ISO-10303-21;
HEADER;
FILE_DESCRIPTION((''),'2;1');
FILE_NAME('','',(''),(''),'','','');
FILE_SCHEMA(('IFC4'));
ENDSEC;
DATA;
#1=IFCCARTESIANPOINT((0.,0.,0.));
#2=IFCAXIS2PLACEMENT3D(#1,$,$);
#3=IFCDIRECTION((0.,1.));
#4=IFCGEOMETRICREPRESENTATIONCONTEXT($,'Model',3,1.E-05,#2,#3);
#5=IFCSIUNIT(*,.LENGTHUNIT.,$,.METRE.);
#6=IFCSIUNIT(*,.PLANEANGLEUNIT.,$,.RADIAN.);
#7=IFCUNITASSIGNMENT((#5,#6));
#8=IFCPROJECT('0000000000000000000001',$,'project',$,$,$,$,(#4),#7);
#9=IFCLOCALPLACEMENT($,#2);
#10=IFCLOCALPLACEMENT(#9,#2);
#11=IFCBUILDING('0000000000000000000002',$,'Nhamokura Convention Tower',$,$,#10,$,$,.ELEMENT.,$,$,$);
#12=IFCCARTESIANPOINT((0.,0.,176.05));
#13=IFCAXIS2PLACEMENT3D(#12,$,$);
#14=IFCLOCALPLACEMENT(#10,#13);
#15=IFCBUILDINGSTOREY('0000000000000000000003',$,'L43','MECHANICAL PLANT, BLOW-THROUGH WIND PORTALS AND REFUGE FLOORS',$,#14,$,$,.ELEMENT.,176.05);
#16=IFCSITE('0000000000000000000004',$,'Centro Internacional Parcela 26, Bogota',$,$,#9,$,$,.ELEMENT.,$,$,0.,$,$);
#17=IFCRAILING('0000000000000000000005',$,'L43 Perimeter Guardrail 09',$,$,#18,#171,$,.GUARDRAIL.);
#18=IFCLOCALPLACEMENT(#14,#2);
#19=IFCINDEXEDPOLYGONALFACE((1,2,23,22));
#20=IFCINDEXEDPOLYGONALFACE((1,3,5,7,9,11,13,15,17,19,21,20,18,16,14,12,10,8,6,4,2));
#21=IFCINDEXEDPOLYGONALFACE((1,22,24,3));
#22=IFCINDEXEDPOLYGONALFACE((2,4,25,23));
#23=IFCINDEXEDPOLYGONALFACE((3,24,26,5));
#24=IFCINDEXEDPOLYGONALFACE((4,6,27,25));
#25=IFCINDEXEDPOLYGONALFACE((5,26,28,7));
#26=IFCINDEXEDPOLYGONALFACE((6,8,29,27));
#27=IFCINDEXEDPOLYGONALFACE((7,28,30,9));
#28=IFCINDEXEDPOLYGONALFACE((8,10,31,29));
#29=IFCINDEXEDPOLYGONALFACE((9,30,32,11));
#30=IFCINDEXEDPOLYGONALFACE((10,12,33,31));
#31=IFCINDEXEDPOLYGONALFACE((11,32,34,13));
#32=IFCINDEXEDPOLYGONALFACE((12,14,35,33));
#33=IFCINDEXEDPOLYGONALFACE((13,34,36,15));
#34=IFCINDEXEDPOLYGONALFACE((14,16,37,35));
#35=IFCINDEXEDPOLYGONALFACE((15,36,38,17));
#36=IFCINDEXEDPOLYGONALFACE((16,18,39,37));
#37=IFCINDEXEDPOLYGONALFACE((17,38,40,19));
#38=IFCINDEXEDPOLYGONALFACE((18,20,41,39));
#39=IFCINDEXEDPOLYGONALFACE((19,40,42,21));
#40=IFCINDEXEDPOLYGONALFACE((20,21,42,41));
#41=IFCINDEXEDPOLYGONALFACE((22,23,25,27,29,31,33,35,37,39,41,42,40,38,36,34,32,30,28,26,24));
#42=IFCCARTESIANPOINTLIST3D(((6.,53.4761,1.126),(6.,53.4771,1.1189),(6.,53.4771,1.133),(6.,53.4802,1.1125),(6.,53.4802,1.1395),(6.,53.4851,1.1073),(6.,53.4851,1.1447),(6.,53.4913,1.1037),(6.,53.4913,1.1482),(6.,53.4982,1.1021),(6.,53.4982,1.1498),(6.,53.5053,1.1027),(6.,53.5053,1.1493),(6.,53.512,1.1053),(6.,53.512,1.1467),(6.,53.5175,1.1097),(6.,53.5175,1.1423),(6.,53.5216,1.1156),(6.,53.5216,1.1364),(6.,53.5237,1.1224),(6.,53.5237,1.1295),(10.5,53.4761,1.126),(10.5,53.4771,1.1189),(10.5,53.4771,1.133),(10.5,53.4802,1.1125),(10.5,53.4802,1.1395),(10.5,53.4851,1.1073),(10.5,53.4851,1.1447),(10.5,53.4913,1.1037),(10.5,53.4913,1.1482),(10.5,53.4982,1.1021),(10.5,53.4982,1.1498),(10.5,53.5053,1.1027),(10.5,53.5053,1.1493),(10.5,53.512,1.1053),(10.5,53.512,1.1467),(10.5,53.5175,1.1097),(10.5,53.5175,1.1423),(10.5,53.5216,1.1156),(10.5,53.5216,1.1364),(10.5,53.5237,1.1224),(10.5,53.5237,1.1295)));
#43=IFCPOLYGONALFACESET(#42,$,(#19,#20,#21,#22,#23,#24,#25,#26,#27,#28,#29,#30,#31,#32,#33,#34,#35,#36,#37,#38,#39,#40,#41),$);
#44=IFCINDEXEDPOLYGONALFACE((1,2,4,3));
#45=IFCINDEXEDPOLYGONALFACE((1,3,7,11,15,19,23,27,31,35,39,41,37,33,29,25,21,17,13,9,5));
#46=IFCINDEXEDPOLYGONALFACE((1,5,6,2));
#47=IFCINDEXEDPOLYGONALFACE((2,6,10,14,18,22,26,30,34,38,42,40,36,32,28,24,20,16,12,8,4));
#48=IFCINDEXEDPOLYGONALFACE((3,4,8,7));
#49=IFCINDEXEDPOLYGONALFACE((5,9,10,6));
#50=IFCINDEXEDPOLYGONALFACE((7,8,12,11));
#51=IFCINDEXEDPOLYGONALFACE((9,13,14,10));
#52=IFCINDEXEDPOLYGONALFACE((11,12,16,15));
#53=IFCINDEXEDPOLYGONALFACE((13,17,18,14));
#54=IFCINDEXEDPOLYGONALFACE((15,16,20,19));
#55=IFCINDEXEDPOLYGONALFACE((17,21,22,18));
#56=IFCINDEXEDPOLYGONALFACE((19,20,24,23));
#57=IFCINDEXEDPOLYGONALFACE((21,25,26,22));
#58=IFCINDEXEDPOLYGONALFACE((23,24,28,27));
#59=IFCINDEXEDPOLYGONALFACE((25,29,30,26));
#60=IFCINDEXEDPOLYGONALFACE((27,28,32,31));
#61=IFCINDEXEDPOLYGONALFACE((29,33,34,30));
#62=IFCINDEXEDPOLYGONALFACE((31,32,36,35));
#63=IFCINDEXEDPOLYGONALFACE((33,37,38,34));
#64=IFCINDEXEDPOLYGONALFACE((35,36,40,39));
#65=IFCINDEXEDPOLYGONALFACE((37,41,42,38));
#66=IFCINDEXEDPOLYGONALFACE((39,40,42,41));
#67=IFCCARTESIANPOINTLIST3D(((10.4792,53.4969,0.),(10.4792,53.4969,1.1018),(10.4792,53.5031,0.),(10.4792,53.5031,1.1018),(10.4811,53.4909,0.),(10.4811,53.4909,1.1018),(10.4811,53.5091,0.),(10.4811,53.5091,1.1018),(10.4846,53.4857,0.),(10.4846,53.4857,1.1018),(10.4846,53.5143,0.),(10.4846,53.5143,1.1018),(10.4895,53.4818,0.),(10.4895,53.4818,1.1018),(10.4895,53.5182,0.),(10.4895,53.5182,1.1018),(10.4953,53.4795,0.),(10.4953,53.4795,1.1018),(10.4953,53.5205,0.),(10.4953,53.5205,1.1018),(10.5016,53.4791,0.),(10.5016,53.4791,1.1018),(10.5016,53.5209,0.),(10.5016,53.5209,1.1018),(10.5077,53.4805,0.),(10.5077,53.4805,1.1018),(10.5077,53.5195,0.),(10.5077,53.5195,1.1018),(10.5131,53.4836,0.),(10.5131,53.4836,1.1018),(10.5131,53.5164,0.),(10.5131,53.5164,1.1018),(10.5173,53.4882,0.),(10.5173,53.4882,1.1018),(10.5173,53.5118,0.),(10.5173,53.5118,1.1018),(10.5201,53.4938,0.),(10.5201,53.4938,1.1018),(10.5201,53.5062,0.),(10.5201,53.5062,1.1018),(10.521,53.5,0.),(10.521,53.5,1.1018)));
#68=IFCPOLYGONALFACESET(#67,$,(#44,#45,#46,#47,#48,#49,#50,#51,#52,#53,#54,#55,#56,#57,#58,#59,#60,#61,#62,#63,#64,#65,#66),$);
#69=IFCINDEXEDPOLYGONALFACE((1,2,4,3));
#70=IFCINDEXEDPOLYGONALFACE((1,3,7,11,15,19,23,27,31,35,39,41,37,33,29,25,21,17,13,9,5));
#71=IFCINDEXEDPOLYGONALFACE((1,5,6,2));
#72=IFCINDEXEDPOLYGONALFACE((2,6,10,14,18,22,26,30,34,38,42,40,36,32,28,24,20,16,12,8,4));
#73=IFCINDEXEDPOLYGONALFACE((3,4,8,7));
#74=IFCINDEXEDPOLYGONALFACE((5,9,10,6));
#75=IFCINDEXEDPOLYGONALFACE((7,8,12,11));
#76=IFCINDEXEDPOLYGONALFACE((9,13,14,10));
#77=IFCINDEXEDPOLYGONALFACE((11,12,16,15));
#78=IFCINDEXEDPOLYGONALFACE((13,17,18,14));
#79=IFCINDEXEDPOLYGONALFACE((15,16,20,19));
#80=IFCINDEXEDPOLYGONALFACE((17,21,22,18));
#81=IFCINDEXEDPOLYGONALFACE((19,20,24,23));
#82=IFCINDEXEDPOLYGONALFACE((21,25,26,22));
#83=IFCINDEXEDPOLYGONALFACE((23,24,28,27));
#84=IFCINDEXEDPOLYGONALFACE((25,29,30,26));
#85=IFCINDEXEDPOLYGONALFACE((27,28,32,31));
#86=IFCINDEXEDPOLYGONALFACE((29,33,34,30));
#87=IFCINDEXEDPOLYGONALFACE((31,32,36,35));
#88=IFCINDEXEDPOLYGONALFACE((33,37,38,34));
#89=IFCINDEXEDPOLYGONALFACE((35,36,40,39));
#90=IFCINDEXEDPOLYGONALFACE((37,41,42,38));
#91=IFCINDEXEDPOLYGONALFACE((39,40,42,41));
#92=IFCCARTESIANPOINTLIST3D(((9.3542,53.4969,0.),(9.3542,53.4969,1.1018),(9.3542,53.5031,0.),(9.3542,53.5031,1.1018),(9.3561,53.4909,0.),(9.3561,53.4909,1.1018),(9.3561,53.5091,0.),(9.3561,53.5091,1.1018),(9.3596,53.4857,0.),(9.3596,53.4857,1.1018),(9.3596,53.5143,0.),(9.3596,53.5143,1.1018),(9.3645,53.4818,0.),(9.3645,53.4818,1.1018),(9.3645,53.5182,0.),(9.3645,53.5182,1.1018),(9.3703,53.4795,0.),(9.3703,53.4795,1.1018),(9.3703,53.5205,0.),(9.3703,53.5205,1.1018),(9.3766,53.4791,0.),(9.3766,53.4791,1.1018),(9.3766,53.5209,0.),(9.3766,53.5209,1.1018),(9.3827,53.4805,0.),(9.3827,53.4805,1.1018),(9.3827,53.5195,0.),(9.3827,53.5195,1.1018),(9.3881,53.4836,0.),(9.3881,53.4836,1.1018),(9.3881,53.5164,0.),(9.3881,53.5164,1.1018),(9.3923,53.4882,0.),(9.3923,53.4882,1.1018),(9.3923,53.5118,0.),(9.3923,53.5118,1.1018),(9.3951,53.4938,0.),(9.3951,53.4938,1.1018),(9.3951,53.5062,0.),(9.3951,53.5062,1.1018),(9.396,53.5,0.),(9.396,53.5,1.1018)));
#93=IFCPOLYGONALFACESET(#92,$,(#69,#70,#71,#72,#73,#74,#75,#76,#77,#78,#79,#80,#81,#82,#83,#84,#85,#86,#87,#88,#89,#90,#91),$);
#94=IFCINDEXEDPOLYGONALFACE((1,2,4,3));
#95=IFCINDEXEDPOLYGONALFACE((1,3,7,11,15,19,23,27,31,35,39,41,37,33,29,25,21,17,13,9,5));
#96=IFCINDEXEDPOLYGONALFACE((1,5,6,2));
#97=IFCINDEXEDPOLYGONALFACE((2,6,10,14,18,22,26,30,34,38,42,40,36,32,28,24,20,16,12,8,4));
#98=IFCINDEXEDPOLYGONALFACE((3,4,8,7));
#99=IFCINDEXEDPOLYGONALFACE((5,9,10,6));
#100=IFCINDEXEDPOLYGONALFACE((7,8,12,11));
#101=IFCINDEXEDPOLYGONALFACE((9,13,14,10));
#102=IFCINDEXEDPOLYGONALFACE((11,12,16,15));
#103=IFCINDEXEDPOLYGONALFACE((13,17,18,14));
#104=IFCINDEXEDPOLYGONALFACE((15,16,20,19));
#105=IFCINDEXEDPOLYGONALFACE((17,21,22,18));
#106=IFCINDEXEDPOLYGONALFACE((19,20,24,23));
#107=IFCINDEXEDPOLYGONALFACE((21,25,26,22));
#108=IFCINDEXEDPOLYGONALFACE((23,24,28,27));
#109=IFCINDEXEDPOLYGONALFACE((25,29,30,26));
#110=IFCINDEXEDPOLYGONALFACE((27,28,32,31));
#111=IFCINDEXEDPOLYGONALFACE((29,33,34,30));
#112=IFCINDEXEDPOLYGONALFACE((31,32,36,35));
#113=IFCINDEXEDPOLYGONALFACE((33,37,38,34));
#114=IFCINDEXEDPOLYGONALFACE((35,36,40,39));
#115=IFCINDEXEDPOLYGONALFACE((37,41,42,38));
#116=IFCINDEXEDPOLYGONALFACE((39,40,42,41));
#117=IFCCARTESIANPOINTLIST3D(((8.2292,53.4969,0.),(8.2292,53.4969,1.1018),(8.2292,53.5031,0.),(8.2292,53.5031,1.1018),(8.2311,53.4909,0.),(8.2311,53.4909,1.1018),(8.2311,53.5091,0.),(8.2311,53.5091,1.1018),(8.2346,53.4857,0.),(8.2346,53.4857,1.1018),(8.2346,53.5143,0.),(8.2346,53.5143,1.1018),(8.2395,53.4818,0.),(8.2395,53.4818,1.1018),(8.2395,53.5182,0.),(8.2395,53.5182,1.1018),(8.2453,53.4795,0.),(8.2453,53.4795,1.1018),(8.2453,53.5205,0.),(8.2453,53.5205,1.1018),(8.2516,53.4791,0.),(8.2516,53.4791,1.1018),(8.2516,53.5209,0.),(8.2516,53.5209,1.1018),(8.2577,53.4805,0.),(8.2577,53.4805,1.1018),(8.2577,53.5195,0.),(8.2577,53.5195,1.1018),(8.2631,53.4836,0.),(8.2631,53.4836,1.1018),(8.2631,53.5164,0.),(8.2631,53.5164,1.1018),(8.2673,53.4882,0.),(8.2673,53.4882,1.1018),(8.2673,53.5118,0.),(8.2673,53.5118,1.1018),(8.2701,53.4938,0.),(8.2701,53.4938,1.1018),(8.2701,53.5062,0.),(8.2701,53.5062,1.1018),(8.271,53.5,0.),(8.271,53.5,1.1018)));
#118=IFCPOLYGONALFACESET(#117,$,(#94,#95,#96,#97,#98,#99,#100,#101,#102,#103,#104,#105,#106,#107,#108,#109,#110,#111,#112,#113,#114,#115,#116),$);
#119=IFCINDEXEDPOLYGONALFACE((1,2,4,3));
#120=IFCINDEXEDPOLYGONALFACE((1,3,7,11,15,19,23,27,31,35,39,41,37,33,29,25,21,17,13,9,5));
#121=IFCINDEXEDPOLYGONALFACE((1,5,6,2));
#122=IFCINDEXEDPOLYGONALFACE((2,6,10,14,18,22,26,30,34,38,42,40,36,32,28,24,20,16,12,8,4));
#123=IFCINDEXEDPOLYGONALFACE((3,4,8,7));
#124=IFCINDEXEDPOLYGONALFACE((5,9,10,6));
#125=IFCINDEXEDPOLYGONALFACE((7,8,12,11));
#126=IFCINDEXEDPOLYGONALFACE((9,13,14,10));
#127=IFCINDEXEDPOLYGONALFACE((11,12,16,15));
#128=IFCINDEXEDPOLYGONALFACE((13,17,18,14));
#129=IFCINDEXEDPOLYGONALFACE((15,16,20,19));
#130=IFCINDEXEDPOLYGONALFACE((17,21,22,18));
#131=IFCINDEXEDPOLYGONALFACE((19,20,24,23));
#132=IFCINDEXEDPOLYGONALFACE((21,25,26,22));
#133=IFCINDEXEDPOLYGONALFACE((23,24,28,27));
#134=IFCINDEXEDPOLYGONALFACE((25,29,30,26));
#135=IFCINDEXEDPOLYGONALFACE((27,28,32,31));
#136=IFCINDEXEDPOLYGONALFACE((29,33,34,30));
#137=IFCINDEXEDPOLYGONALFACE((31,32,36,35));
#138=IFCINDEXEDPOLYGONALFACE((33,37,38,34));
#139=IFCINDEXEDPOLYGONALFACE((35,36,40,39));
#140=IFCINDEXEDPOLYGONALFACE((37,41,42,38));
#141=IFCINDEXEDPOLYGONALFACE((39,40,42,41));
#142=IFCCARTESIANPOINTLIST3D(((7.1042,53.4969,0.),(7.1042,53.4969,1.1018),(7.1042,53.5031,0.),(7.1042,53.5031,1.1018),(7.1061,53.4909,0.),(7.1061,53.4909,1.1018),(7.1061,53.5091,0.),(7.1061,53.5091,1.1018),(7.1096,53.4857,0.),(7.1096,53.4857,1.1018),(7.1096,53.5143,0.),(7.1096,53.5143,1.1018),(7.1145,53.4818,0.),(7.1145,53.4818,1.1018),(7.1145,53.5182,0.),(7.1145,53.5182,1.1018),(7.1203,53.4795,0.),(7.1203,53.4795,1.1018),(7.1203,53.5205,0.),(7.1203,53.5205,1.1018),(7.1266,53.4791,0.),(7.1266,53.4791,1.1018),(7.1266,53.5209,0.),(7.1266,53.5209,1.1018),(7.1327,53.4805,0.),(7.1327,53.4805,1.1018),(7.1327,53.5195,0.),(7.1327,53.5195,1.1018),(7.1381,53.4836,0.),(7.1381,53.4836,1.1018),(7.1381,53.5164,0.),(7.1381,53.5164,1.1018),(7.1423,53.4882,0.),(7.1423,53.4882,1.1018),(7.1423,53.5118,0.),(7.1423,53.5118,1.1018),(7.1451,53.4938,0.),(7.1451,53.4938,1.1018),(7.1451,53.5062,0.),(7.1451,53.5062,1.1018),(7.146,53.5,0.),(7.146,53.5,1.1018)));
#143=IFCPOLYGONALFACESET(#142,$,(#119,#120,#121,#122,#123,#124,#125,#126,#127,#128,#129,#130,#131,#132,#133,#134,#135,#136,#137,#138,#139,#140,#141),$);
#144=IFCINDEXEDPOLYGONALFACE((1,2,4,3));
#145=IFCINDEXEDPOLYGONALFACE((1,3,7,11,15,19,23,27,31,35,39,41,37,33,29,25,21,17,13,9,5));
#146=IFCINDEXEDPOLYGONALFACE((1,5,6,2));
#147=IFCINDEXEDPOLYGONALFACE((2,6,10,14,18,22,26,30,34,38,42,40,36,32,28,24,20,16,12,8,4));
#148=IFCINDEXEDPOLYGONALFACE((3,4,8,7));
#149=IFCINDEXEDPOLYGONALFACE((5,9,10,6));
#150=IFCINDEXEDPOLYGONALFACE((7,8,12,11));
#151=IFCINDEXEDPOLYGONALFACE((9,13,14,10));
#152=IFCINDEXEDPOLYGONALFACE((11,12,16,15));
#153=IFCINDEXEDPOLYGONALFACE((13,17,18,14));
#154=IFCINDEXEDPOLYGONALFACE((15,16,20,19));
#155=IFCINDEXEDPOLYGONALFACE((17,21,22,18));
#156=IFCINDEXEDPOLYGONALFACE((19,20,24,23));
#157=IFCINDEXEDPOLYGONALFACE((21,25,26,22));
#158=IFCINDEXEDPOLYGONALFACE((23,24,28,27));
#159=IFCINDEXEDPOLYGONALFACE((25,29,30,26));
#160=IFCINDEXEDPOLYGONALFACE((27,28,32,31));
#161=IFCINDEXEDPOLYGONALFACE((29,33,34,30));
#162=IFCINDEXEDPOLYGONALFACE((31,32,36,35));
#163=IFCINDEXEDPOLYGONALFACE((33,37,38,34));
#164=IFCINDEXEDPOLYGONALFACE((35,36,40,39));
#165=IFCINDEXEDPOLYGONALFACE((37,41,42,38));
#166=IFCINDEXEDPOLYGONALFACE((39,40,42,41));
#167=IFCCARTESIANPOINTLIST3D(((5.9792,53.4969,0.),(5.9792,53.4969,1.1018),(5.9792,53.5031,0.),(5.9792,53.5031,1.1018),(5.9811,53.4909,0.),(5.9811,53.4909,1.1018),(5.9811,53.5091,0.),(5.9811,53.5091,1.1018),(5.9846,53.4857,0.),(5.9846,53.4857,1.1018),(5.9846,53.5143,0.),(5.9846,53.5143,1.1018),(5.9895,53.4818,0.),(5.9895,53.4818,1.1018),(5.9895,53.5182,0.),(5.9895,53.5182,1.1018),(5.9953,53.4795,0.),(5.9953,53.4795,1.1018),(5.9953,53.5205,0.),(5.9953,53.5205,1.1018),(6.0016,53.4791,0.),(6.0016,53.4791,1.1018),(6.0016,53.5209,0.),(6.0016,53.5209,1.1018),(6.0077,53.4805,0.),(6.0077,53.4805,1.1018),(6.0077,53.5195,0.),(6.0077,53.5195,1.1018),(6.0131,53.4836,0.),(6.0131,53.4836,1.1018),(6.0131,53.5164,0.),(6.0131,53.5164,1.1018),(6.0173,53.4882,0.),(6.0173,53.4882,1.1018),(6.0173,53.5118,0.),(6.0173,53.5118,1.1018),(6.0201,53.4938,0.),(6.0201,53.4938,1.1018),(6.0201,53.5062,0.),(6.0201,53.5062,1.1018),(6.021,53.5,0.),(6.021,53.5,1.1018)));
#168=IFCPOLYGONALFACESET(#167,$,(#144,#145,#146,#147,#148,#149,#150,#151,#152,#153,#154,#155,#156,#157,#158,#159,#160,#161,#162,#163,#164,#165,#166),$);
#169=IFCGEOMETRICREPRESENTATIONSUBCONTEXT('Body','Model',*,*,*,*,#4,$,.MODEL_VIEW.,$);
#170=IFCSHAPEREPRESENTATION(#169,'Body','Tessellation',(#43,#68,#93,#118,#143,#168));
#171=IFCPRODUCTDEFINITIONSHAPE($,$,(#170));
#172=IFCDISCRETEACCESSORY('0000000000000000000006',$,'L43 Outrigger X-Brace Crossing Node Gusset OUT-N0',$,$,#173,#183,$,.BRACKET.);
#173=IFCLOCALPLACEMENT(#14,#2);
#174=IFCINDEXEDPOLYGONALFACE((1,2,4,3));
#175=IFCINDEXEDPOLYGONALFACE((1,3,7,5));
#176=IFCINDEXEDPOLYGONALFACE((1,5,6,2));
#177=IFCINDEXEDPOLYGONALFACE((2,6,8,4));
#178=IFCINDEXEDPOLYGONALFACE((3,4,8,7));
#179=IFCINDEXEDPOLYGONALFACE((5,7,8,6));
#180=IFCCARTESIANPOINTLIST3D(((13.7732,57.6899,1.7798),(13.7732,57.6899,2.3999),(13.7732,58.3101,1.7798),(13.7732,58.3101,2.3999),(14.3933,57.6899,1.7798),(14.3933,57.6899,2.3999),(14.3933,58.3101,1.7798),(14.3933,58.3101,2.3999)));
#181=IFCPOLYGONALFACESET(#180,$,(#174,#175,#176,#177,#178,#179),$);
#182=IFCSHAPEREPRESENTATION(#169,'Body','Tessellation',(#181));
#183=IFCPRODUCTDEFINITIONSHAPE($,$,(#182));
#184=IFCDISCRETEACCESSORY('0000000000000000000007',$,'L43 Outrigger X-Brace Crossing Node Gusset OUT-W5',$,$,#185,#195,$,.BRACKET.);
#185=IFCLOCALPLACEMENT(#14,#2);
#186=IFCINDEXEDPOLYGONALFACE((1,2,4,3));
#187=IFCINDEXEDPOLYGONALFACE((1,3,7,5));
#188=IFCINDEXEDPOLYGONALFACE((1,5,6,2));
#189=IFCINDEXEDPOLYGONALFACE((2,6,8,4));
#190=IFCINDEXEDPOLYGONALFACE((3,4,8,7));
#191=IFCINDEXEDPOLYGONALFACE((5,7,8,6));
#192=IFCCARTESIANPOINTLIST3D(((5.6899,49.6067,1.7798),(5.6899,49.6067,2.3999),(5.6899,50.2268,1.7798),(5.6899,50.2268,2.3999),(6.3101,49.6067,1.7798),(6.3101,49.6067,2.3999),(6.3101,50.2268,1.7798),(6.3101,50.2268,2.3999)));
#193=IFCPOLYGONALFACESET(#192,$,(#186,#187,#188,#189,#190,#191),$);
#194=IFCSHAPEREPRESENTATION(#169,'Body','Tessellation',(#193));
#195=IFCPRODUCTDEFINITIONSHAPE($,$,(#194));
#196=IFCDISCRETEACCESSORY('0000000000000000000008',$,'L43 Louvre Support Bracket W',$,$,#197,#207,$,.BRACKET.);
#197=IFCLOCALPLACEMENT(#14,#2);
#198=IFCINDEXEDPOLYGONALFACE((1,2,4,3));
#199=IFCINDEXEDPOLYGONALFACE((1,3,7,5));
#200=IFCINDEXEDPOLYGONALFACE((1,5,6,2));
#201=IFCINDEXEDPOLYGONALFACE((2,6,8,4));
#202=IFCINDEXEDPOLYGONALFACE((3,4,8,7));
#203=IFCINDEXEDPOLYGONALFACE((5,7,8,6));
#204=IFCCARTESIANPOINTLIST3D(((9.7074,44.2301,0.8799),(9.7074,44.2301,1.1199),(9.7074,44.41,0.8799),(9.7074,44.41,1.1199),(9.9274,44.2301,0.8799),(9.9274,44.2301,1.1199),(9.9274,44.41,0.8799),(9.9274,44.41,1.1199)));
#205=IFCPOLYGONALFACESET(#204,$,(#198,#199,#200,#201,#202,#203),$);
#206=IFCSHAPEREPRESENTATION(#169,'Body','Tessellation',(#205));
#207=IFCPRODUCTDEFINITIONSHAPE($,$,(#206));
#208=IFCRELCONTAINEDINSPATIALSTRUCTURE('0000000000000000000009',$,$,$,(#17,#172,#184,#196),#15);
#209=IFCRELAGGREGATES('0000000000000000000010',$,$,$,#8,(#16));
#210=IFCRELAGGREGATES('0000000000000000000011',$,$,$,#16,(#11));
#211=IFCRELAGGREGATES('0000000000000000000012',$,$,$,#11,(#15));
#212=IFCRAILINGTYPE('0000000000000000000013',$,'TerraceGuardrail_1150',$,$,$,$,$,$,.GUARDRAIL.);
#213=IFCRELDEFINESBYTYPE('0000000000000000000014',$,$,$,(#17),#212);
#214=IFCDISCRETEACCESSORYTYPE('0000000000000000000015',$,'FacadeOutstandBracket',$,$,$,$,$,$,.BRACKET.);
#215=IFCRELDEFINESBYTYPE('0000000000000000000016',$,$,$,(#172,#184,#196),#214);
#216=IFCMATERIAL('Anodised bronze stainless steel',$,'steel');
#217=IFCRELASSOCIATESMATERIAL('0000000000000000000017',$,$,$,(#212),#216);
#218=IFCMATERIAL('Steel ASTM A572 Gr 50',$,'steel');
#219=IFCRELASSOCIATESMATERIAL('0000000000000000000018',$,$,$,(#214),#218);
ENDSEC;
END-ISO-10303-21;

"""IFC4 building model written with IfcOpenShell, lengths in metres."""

from ifc_helpers import new_model, si_unit, direction, frame, origin, origin_2d, place, context, subcontext, project, spatial, rectangle, circle, extrude, material, type_object, element, save


model = new_model("IFC4")

# Units and contexts
model_context = context("Model", 3, precision=1e-05, world=origin(), true_north=direction((0.0, 1.0)))
body_context = subcontext(model_context, "Body", "Model", "MODEL_VIEW")
ifc_project = project(units=[si_unit("LENGTHUNIT", "METRE"), si_unit("PLANEANGLEUNIT", "RADIAN")], contexts=[model_context])

# Site, building, storey
site_placement = place(None, origin())
site = spatial("IfcSite", under=ifc_project, at=site_placement, Name="Centro Internacional Parcela 26, Bogota", CompositionType="ELEMENT", RefElevation=0.0)
building_placement = place(site_placement, origin())
building = spatial("IfcBuilding", under=site, at=building_placement, Name="Nhamokura Convention Tower", CompositionType="ELEMENT")
storey_placement = place(building_placement, frame((0.0, 0.0, 176.05)))
storey = spatial("IfcBuildingStorey", under=building, at=storey_placement, Name="L43", Description="MECHANICAL PLANT, BLOW-THROUGH WIND PORTALS AND REFUGE FLOORS", CompositionType="ELEMENT", Elevation=176.05)

# Railing
ifc_material_1 = material(Name="Anodised bronze stainless steel", Category="steel")
railing_type = type_object("IfcRailingType", Name="TerraceGuardrail_1150", PredefinedType="GUARDRAIL", material=ifc_material_1)
railing_1_placement = place(storey_placement, frame((10.5, 53.5, 0.0)))
element("IfcRailing", 1, at=railing_1_placement, inside=storey, type_object=railing_type, Name="L43 Perimeter Guardrail 09", PredefinedType="GUARDRAIL", context=body_context, shape_type="SweptSolid", body=[
    extrude(circle(Radius=0.0239, at=origin_2d()), frame((0.0, 0.0, 1.126), z_axis=(-1.0, 0.0, 0.0), x_axis=(0.0, -1.0, 0.0)), (0.0, 0.0, 1.0), 4.5),
    extrude(circle(Radius=0.021, at=origin_2d()), origin(), (0.0, 0.0, 1.0), 1.1018),
    extrude(circle(Radius=0.021, at=origin_2d()), frame((-1.125, 0.0, 0.0)), (0.0, 0.0, 1.0), 1.1018),
    extrude(circle(Radius=0.021, at=origin_2d()), frame((-2.25, 0.0, 0.0)), (0.0, 0.0, 1.0), 1.1018),
    extrude(circle(Radius=0.021, at=origin_2d()), frame((-3.375, 0.0, 0.0)), (0.0, 0.0, 1.0), 1.1018),
    extrude(circle(Radius=0.021, at=origin_2d()), frame((-4.5, 0.0, 0.0)), (0.0, 0.0, 1.0), 1.1018),
])

# Discrete accessories
ifc_material_2 = material(Name="Steel ASTM A572 Gr 50", Category="steel")
discrete_accessory_type = type_object("IfcDiscreteAccessoryType", Name="FacadeOutstandBracket", PredefinedType="BRACKET", material=ifc_material_2)
for number, where, z_axis, x_axis, name in (
    (2, (14.0833, 58.0, 1.7798), (0.0, 0.0, 1.0), (1.0, 0.0, 0.0), "L43 Outrigger X-Brace Crossing Node Gusset OUT-N0"),
    (3, (6.0, 49.9167, 1.7798), (0.0, 0.0, 1.0), (1.0, 0.0, 0.0), "L43 Outrigger X-Brace Crossing Node Gusset OUT-W5"),
):
    element("IfcDiscreteAccessory", number, at=place(storey_placement, frame(where, z_axis=z_axis, x_axis=x_axis)), inside=storey, type_object=discrete_accessory_type, Name=name, PredefinedType="BRACKET", context=body_context, shape_type="SweptSolid", body=[
        extrude(rectangle(XDim=0.6201, YDim=0.6201, at=origin_2d()), origin(), (0.0, 0.0, 1.0), 0.6201),
    ])
discrete_accessory_placement = place(storey_placement, frame((9.8174, 44.3201, 0.8799), z_axis=(0.0, 0.0, 1.0), x_axis=(0.0, 1.0, 0.0)))
element("IfcDiscreteAccessory", 4, at=discrete_accessory_placement, inside=storey, type_object=discrete_accessory_type, Name="L43 Louvre Support Bracket W", PredefinedType="BRACKET", context=body_context, shape_type="SweptSolid", body=[
    extrude(rectangle(XDim=0.1799, YDim=0.22, at=origin_2d()), origin(), (0.0, 0.0, 1.0), 0.24),
])

save(model, "model.ifc")
